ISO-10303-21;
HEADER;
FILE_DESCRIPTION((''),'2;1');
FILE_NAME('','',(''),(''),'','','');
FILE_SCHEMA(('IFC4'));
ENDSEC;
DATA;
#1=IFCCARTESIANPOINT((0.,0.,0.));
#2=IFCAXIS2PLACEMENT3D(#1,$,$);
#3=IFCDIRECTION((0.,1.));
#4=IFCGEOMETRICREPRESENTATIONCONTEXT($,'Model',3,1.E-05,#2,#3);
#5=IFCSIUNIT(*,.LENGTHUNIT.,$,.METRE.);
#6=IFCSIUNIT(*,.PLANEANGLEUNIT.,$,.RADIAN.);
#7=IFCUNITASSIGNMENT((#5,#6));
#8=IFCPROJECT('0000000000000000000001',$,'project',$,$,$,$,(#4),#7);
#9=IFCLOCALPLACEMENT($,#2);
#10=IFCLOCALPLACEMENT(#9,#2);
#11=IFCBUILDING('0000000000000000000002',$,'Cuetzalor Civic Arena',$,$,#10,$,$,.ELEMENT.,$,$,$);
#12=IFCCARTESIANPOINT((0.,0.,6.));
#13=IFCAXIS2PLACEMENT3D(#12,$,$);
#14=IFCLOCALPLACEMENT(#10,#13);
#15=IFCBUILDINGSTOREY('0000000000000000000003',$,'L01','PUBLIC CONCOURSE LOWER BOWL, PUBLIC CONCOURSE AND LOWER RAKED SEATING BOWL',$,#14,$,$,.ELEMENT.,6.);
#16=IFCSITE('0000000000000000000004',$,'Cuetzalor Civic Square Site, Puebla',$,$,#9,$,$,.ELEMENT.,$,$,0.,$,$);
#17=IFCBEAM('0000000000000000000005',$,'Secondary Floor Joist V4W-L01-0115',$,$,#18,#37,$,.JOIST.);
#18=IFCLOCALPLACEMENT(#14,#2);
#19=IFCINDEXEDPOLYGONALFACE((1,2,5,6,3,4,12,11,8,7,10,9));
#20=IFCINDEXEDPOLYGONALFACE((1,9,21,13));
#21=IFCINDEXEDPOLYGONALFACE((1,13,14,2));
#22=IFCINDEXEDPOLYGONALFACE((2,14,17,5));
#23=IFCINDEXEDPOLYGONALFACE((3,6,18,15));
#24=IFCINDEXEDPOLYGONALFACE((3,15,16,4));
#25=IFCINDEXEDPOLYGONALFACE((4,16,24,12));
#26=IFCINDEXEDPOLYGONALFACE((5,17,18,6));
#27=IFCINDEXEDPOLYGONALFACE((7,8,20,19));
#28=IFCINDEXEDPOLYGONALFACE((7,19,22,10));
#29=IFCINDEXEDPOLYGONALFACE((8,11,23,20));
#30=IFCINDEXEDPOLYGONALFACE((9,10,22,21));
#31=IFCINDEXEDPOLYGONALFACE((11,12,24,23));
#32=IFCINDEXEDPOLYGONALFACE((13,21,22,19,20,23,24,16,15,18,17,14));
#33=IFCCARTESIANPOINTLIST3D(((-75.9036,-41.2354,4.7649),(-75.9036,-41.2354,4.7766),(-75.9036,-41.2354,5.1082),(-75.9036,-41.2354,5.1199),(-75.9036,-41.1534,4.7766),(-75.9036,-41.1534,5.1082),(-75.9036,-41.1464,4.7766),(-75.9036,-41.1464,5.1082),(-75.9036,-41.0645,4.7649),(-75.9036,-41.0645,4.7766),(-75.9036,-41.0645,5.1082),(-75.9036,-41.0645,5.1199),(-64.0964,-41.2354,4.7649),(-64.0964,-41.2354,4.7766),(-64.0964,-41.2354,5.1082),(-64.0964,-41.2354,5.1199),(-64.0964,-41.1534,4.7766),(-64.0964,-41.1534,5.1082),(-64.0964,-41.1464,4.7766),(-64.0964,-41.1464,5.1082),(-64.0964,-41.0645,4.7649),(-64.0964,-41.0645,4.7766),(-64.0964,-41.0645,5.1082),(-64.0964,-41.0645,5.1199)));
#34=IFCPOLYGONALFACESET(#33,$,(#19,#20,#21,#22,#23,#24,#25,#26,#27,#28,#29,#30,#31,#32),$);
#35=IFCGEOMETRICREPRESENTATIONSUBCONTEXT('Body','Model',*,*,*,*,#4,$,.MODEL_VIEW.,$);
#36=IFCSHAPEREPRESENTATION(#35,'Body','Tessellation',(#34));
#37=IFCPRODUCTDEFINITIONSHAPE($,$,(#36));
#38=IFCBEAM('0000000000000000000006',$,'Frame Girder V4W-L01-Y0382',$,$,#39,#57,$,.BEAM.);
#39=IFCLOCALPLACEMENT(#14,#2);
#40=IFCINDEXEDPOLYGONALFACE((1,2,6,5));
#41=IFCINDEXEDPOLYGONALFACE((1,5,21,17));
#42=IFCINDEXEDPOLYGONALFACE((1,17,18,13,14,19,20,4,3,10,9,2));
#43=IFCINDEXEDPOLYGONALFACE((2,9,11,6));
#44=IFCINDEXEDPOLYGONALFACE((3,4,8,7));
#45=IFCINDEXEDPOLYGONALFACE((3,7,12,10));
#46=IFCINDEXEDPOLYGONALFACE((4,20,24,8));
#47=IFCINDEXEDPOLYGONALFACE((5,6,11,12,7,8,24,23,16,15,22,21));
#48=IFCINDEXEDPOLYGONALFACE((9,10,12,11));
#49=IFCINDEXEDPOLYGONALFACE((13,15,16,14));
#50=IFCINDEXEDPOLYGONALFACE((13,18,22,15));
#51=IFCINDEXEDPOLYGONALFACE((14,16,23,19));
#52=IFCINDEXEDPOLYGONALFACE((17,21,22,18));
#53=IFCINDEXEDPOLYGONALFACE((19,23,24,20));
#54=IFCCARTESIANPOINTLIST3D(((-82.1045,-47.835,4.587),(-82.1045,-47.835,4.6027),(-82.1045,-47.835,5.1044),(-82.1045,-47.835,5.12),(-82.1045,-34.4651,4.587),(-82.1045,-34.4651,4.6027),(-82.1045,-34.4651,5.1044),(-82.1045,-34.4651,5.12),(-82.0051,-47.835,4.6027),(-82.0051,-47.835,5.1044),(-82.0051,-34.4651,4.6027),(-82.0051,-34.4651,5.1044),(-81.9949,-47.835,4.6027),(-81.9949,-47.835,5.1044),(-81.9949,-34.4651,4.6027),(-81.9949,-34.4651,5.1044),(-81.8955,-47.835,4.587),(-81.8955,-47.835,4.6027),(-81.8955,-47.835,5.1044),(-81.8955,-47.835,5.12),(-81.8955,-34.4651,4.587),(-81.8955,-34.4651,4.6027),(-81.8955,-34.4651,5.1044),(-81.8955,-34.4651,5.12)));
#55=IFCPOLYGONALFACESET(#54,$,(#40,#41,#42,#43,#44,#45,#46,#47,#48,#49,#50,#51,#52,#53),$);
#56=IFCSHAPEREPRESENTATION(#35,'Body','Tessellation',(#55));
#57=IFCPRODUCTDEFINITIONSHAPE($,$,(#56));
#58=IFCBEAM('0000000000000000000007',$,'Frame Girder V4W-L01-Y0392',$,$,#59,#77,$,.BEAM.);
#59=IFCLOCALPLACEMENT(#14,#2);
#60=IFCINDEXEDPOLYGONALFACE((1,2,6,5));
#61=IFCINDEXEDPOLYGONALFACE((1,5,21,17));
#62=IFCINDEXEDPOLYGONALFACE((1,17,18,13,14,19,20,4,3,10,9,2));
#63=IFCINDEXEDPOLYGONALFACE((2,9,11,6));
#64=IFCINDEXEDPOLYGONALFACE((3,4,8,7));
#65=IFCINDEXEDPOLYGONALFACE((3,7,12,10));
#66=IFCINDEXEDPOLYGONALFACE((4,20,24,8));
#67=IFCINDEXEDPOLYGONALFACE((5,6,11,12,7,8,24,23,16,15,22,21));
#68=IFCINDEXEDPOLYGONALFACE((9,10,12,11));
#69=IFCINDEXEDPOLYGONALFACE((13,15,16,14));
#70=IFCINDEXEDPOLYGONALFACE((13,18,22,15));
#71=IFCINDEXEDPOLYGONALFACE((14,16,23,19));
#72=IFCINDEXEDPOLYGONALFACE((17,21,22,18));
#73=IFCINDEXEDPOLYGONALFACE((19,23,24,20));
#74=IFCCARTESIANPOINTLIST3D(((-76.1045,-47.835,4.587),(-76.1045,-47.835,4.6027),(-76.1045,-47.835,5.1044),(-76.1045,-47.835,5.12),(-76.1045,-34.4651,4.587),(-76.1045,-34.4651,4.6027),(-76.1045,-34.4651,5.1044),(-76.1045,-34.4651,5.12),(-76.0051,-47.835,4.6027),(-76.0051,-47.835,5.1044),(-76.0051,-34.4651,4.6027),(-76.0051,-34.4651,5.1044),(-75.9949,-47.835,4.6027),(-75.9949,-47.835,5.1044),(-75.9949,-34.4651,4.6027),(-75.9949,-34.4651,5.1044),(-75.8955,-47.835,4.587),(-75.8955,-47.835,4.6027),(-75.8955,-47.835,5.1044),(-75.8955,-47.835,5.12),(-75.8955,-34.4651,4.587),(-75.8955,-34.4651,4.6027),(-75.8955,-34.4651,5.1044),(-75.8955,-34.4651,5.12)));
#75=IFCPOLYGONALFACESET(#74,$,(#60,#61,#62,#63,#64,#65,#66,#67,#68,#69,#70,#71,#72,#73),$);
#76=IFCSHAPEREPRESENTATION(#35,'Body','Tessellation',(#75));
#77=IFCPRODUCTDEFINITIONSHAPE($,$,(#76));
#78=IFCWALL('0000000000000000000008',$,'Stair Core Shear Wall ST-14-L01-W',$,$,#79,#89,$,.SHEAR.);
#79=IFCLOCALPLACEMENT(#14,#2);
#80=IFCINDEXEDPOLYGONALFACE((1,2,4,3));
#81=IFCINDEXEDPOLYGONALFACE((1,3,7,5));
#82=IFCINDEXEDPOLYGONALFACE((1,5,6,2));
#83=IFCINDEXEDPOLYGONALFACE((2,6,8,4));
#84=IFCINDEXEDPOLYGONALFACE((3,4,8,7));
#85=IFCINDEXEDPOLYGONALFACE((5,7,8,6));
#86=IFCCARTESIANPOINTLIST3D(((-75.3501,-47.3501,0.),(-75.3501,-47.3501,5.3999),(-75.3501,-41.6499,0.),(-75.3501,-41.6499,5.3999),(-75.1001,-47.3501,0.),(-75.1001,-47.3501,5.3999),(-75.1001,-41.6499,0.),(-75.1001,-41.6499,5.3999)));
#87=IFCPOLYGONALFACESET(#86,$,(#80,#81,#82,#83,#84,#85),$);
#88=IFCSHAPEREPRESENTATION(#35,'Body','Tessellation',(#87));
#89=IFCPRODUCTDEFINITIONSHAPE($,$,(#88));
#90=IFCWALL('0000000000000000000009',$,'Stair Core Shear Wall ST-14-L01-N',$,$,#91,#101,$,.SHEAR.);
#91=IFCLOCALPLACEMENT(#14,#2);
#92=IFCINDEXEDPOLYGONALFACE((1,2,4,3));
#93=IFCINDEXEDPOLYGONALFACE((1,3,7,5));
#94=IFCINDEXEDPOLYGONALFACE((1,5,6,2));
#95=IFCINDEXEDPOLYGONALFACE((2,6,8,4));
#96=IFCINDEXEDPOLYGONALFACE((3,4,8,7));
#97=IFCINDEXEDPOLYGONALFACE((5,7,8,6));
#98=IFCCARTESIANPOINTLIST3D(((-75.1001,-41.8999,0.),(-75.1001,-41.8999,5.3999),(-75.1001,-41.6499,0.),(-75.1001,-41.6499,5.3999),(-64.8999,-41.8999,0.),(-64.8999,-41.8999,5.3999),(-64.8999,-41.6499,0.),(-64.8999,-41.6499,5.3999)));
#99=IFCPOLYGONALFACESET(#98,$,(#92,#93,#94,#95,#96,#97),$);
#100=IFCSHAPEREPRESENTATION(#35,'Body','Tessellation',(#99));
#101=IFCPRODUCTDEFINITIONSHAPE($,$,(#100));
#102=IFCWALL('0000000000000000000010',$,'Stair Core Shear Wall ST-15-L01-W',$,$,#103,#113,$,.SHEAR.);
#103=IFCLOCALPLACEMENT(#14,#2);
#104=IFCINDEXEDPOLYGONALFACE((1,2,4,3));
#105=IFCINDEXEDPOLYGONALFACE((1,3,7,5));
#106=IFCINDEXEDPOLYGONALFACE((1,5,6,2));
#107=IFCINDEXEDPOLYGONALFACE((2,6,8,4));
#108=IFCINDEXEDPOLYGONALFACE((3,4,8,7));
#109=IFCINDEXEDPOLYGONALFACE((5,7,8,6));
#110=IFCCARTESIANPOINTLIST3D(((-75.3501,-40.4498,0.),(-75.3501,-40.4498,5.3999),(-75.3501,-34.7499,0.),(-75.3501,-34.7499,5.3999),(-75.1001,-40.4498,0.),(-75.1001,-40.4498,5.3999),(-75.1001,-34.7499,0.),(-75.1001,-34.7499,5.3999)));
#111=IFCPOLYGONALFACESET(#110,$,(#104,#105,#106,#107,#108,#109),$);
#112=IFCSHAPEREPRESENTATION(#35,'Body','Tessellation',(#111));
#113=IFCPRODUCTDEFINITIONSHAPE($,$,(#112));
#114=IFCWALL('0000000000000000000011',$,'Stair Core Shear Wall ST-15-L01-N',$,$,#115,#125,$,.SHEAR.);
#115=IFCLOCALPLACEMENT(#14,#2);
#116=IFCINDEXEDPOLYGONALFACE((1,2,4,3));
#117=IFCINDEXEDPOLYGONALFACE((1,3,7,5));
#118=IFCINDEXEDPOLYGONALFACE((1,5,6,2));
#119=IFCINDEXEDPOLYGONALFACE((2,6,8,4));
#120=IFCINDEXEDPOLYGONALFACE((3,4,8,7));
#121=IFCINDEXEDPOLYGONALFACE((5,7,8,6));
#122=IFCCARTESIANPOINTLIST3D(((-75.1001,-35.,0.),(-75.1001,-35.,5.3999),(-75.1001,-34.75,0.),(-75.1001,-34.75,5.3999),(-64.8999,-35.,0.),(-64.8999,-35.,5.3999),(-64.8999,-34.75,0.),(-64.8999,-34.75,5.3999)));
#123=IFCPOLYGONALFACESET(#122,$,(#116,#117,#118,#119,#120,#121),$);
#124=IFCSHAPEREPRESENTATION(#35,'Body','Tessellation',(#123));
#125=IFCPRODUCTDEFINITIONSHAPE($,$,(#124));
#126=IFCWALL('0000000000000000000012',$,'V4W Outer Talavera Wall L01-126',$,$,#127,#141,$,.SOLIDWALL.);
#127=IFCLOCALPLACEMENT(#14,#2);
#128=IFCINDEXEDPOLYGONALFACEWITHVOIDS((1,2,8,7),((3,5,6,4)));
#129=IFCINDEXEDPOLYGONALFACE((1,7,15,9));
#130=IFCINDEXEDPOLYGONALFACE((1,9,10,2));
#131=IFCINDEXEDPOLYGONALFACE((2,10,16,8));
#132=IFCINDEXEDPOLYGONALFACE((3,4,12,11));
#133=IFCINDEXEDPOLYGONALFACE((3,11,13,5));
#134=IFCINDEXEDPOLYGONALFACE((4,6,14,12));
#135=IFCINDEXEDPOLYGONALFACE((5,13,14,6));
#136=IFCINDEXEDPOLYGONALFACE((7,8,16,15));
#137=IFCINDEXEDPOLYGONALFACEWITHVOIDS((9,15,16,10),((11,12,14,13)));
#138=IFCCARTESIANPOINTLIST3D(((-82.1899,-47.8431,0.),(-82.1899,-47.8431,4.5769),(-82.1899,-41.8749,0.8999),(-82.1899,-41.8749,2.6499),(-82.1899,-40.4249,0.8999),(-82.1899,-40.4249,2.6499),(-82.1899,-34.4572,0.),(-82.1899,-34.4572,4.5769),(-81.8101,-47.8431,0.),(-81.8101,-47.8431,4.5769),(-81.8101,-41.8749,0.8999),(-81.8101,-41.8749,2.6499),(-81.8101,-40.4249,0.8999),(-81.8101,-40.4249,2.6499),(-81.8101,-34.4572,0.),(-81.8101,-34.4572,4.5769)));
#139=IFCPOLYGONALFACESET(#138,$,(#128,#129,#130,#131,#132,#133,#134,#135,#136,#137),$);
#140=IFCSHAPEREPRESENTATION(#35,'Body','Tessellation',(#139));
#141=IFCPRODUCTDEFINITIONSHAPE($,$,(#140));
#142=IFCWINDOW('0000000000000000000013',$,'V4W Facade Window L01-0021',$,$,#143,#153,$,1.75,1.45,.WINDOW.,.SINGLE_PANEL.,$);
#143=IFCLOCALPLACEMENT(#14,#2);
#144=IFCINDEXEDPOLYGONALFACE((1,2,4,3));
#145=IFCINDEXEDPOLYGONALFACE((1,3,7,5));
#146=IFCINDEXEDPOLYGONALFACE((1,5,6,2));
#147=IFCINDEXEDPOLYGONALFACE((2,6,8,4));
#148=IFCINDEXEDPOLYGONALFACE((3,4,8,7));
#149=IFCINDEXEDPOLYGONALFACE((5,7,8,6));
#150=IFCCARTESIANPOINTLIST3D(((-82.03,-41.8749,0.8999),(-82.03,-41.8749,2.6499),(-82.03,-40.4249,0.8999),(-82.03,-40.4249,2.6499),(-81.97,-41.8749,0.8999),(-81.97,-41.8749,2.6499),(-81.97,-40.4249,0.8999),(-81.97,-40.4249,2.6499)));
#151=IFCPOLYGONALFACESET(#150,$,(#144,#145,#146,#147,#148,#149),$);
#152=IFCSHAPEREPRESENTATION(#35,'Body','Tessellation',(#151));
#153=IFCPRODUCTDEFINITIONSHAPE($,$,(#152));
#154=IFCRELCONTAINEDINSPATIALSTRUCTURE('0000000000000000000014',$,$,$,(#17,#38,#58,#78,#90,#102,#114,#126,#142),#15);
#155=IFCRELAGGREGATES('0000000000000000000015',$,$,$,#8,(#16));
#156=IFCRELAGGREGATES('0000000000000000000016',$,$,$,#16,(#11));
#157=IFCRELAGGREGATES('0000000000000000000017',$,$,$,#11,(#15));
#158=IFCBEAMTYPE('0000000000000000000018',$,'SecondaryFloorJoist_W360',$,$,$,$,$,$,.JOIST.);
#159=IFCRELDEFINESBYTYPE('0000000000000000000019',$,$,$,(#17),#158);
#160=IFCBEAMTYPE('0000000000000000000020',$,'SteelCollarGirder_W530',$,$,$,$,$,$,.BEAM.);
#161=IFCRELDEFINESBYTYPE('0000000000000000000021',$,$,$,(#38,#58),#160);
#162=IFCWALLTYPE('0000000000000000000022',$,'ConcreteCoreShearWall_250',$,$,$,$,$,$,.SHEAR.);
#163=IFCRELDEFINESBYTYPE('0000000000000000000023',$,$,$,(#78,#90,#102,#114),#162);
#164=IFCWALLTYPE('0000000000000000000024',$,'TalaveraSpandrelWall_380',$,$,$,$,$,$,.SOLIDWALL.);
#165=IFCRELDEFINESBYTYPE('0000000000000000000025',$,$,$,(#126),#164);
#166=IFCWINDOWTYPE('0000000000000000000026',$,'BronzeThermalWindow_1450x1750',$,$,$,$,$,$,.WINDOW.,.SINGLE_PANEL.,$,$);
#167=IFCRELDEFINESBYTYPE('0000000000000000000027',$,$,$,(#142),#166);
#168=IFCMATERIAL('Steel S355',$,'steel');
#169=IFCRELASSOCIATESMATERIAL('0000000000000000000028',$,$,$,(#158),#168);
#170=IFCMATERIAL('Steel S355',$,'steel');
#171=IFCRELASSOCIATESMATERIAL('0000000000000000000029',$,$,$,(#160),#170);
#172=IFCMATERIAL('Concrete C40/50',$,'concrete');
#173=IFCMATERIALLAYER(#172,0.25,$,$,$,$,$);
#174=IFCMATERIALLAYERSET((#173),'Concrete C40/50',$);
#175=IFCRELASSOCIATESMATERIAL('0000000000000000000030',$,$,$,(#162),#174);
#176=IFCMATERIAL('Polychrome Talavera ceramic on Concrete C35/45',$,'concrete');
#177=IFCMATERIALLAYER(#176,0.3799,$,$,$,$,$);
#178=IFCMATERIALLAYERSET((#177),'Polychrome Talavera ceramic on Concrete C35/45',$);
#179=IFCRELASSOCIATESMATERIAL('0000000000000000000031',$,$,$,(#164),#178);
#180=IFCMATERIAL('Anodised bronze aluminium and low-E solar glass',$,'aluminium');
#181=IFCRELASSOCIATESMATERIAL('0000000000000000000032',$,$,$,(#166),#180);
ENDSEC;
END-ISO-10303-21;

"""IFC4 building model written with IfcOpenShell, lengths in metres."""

from ifc_helpers import new_model, si_unit, direction, frame, frame_2d, origin, origin_2d, place, context, subcontext, project, spatial, rectangle, i_section, extrude, material, layer, layer_set, material_profile, profile_set, type_object, element, fill, save


model = new_model("IFC4")

# Units and contexts
model_context = context("Model", 3, precision=1e-05, world=origin(), true_north=direction((0.0, 1.0)))
body_context = subcontext(model_context, "Body", "Model", "MODEL_VIEW")
ifc_project = project(units=[si_unit("LENGTHUNIT", "METRE"), si_unit("PLANEANGLEUNIT", "RADIAN")], contexts=[model_context])

# Site, building, storey
site_placement = place(None, origin())
site = spatial("IfcSite", under=ifc_project, at=site_placement, Name="Cuetzalor Civic Square Site, Puebla", CompositionType="ELEMENT", RefElevation=0.0)
building_placement = place(site_placement, origin())
building = spatial("IfcBuilding", under=site, at=building_placement, Name="Cuetzalor Civic Arena", CompositionType="ELEMENT")
storey_placement = place(building_placement, frame((0.0, 0.0, 6.0)))
storey = spatial("IfcBuildingStorey", under=building, at=storey_placement, Name="L01", Description="PUBLIC CONCOURSE LOWER BOWL, PUBLIC CONCOURSE AND LOWER RAKED SEATING BOWL", CompositionType="ELEMENT", Elevation=6.0)

# Beams
ifc_material_1 = material(Name="Steel S355", Category="steel")
ifc_material_profile_1 = material_profile(ifc_material_1, i_section(OverallWidth=0.1709, OverallDepth=0.355, WebThickness=0.0071, FlangeThickness=0.0117, at=origin_2d()), Name="W360x51")
ifc_profile_set_1 = profile_set([ifc_material_profile_1], Name="Steel S355")
beam_type_1 = type_object("IfcBeamType", Name="SecondaryFloorJoist_W360", PredefinedType="JOIST", material=ifc_profile_set_1)
beam_1_placement = place(storey_placement, frame((-75.9036, -41.1499, 4.9424), z_axis=(1.0, 0.0, 0.0), x_axis=(0.0, 1.0, 0.0)))
element("IfcBeam", 1, at=beam_1_placement, inside=storey, type_object=beam_type_1, Name="Secondary Floor Joist V4W-L01-0115", PredefinedType="JOIST", context=body_context, shape_type="SweptSolid", body=[
    extrude(i_section(OverallWidth=0.1709, OverallDepth=0.355, WebThickness=0.0071, FlangeThickness=0.0117, at=origin_2d()), origin(), (0.0, 0.0, 1.0), 11.8071),
])
ifc_material_2 = material(Name="Steel S355", Category="steel")
ifc_material_profile_2 = material_profile(ifc_material_2, i_section(OverallWidth=0.209, OverallDepth=0.533, WebThickness=0.0103, FlangeThickness=0.0156, at=origin_2d()), Name="W530x92")
ifc_profile_set_2 = profile_set([ifc_material_profile_2], Name="Steel S355")
beam_type_2 = type_object("IfcBeamType", Name="SteelCollarGirder_W530", PredefinedType="BEAM", material=ifc_profile_set_2)
for number, where, z_axis, x_axis, name in (
    (2, (-82.0, -47.835, 4.8535), (0.0, 1.0, 0.0), (-1.0, 0.0, 0.0), "Frame Girder V4W-L01-Y0382"),
    (3, (-76.0, -47.835, 4.8535), (0.0, 1.0, 0.0), (-1.0, 0.0, 0.0), "Frame Girder V4W-L01-Y0392"),
):
    element("IfcBeam", number, at=place(storey_placement, frame(where, z_axis=z_axis, x_axis=x_axis)), inside=storey, type_object=beam_type_2, Name=name, PredefinedType="BEAM", context=body_context, shape_type="SweptSolid", body=[
        extrude(i_section(OverallWidth=0.209, OverallDepth=0.533, WebThickness=0.0103, FlangeThickness=0.0156, at=origin_2d()), origin(), (0.0, 0.0, 1.0), 13.3699),
    ])

# Walls
ifc_material_3 = material(Name="Concrete C40/50", Category="concrete")
ifc_layer_1 = layer(ifc_material_3, 0.25)
ifc_layer_set_1 = layer_set([ifc_layer_1], Name="Concrete C40/50")
wall_type_1 = type_object("IfcWallType", Name="ConcreteCoreShearWall_250", PredefinedType="SHEAR", material=ifc_layer_set_1)
wall_1_placement = place(storey_placement, frame((-75.2251, -47.3501, 0.0), z_axis=(0.0, 0.0, 1.0), x_axis=(0.0, 1.0, 0.0)))
element("IfcWall", 4, at=wall_1_placement, inside=storey, type_object=wall_type_1, Name="Stair Core Shear Wall ST-14-L01-W", PredefinedType="SHEAR", context=body_context, shape_type="SweptSolid", body=[
    extrude(rectangle(XDim=5.7002, YDim=0.25, at=frame_2d((2.8501, 0.0))), origin(), (0.0, 0.0, 1.0), 5.3999),
])
wall_2_placement = place(storey_placement, frame((-75.1001, -41.7749, 0.0), z_axis=(0.0, 0.0, 1.0), x_axis=(1.0, 0.0, 0.0)))
element("IfcWall", 5, at=wall_2_placement, inside=storey, type_object=wall_type_1, Name="Stair Core Shear Wall ST-14-L01-N", PredefinedType="SHEAR", context=body_context, shape_type="SweptSolid", body=[
    extrude(rectangle(XDim=10.2002, YDim=0.25, at=frame_2d((5.1001, 0.0))), origin(), (0.0, 0.0, 1.0), 5.3999),
])
wall_3_placement = place(storey_placement, frame((-75.2251, -40.45, 0.0), z_axis=(0.0, 0.0, 1.0), x_axis=(0.0, 1.0, 0.0)))
element("IfcWall", 6, at=wall_3_placement, inside=storey, type_object=wall_type_1, Name="Stair Core Shear Wall ST-15-L01-W", PredefinedType="SHEAR", context=body_context, shape_type="SweptSolid", body=[
    extrude(rectangle(XDim=5.7, YDim=0.25, at=frame_2d((2.8501, 0.0))), origin(), (0.0, 0.0, 1.0), 5.3999),
])
wall_4_placement = place(storey_placement, frame((-75.1001, -34.875, 0.0), z_axis=(0.0, 0.0, 1.0), x_axis=(1.0, 0.0, 0.0)))
element("IfcWall", 7, at=wall_4_placement, inside=storey, type_object=wall_type_1, Name="Stair Core Shear Wall ST-15-L01-N", PredefinedType="SHEAR", context=body_context, shape_type="SweptSolid", body=[
    extrude(rectangle(XDim=10.2002, YDim=0.25, at=frame_2d((5.1001, 0.0))), origin(), (0.0, 0.0, 1.0), 5.3999),
])

# Wall, opening, window
ifc_material_4 = material(Name="Polychrome Talavera ceramic on Concrete C35/45", Category="concrete")
ifc_layer_2 = layer(ifc_material_4, 0.3799)
ifc_layer_set_2 = layer_set([ifc_layer_2], Name="Polychrome Talavera ceramic on Concrete C35/45")
wall_type_2 = type_object("IfcWallType", Name="TalaveraSpandrelWall_380", PredefinedType="SOLIDWALL", material=ifc_layer_set_2)
wall_5_placement = place(storey_placement, frame((-82.0, -47.843, 0.0), z_axis=(0.0, 0.0, 1.0), x_axis=(0.0, 1.0, 0.0)))
wall_5 = element("IfcWall", 8, at=wall_5_placement, inside=storey, type_object=wall_type_2, Name="V4W Outer Talavera Wall L01-126", PredefinedType="SOLIDWALL", context=body_context, shape_type="SweptSolid", body=[
    extrude(rectangle(XDim=13.386, YDim=0.3799, at=frame_2d((6.6929, 0.0))), origin(), (0.0, 0.0, 1.0), 4.5769),
])
opening_placement = place(wall_5_placement, frame((5.968, 0.0, 0.8999)))
opening = element("IfcOpeningElement", 9, at=opening_placement, cuts=wall_5, PredefinedType="OPENING", context=body_context, shape_type="SweptSolid", body=[
    extrude(rectangle(XDim=1.45, YDim=1.75, at=frame_2d((0.7251, 0.875))), frame((0.0, 0.2, 0.0), z_axis=(0.0, -1.0, 0.0), x_axis=(1.0, 0.0, 0.0)), (0.0, 0.0, 1.0), 0.3999),
])
ifc_material_5 = material(Name="Anodised bronze aluminium and low-E solar glass", Category="aluminium")
window_type = type_object("IfcWindowType", Name="BronzeThermalWindow_1450x1750", PartitioningType="SINGLE_PANEL", PredefinedType="WINDOW", material=ifc_material_5)
window_placement = place(opening_placement, origin())
window = element("IfcWindow", 10, at=window_placement, inside=storey, type_object=window_type, Name="V4W Facade Window L01-0021", OverallHeight=1.75, OverallWidth=1.45, PartitioningType="SINGLE_PANEL", PredefinedType="WINDOW", context=body_context, shape_type="SweptSolid", body=[
    extrude(rectangle(XDim=1.45, YDim=1.75, at=frame_2d((0.7251, 0.875))), frame((0.0, 0.03, 0.0), z_axis=(0.0, -1.0, 0.0), x_axis=(1.0, 0.0, 0.0)), (0.0, 0.0, 1.0), 0.0601),
])
fill(opening, window)

save(model, "model.ifc")
